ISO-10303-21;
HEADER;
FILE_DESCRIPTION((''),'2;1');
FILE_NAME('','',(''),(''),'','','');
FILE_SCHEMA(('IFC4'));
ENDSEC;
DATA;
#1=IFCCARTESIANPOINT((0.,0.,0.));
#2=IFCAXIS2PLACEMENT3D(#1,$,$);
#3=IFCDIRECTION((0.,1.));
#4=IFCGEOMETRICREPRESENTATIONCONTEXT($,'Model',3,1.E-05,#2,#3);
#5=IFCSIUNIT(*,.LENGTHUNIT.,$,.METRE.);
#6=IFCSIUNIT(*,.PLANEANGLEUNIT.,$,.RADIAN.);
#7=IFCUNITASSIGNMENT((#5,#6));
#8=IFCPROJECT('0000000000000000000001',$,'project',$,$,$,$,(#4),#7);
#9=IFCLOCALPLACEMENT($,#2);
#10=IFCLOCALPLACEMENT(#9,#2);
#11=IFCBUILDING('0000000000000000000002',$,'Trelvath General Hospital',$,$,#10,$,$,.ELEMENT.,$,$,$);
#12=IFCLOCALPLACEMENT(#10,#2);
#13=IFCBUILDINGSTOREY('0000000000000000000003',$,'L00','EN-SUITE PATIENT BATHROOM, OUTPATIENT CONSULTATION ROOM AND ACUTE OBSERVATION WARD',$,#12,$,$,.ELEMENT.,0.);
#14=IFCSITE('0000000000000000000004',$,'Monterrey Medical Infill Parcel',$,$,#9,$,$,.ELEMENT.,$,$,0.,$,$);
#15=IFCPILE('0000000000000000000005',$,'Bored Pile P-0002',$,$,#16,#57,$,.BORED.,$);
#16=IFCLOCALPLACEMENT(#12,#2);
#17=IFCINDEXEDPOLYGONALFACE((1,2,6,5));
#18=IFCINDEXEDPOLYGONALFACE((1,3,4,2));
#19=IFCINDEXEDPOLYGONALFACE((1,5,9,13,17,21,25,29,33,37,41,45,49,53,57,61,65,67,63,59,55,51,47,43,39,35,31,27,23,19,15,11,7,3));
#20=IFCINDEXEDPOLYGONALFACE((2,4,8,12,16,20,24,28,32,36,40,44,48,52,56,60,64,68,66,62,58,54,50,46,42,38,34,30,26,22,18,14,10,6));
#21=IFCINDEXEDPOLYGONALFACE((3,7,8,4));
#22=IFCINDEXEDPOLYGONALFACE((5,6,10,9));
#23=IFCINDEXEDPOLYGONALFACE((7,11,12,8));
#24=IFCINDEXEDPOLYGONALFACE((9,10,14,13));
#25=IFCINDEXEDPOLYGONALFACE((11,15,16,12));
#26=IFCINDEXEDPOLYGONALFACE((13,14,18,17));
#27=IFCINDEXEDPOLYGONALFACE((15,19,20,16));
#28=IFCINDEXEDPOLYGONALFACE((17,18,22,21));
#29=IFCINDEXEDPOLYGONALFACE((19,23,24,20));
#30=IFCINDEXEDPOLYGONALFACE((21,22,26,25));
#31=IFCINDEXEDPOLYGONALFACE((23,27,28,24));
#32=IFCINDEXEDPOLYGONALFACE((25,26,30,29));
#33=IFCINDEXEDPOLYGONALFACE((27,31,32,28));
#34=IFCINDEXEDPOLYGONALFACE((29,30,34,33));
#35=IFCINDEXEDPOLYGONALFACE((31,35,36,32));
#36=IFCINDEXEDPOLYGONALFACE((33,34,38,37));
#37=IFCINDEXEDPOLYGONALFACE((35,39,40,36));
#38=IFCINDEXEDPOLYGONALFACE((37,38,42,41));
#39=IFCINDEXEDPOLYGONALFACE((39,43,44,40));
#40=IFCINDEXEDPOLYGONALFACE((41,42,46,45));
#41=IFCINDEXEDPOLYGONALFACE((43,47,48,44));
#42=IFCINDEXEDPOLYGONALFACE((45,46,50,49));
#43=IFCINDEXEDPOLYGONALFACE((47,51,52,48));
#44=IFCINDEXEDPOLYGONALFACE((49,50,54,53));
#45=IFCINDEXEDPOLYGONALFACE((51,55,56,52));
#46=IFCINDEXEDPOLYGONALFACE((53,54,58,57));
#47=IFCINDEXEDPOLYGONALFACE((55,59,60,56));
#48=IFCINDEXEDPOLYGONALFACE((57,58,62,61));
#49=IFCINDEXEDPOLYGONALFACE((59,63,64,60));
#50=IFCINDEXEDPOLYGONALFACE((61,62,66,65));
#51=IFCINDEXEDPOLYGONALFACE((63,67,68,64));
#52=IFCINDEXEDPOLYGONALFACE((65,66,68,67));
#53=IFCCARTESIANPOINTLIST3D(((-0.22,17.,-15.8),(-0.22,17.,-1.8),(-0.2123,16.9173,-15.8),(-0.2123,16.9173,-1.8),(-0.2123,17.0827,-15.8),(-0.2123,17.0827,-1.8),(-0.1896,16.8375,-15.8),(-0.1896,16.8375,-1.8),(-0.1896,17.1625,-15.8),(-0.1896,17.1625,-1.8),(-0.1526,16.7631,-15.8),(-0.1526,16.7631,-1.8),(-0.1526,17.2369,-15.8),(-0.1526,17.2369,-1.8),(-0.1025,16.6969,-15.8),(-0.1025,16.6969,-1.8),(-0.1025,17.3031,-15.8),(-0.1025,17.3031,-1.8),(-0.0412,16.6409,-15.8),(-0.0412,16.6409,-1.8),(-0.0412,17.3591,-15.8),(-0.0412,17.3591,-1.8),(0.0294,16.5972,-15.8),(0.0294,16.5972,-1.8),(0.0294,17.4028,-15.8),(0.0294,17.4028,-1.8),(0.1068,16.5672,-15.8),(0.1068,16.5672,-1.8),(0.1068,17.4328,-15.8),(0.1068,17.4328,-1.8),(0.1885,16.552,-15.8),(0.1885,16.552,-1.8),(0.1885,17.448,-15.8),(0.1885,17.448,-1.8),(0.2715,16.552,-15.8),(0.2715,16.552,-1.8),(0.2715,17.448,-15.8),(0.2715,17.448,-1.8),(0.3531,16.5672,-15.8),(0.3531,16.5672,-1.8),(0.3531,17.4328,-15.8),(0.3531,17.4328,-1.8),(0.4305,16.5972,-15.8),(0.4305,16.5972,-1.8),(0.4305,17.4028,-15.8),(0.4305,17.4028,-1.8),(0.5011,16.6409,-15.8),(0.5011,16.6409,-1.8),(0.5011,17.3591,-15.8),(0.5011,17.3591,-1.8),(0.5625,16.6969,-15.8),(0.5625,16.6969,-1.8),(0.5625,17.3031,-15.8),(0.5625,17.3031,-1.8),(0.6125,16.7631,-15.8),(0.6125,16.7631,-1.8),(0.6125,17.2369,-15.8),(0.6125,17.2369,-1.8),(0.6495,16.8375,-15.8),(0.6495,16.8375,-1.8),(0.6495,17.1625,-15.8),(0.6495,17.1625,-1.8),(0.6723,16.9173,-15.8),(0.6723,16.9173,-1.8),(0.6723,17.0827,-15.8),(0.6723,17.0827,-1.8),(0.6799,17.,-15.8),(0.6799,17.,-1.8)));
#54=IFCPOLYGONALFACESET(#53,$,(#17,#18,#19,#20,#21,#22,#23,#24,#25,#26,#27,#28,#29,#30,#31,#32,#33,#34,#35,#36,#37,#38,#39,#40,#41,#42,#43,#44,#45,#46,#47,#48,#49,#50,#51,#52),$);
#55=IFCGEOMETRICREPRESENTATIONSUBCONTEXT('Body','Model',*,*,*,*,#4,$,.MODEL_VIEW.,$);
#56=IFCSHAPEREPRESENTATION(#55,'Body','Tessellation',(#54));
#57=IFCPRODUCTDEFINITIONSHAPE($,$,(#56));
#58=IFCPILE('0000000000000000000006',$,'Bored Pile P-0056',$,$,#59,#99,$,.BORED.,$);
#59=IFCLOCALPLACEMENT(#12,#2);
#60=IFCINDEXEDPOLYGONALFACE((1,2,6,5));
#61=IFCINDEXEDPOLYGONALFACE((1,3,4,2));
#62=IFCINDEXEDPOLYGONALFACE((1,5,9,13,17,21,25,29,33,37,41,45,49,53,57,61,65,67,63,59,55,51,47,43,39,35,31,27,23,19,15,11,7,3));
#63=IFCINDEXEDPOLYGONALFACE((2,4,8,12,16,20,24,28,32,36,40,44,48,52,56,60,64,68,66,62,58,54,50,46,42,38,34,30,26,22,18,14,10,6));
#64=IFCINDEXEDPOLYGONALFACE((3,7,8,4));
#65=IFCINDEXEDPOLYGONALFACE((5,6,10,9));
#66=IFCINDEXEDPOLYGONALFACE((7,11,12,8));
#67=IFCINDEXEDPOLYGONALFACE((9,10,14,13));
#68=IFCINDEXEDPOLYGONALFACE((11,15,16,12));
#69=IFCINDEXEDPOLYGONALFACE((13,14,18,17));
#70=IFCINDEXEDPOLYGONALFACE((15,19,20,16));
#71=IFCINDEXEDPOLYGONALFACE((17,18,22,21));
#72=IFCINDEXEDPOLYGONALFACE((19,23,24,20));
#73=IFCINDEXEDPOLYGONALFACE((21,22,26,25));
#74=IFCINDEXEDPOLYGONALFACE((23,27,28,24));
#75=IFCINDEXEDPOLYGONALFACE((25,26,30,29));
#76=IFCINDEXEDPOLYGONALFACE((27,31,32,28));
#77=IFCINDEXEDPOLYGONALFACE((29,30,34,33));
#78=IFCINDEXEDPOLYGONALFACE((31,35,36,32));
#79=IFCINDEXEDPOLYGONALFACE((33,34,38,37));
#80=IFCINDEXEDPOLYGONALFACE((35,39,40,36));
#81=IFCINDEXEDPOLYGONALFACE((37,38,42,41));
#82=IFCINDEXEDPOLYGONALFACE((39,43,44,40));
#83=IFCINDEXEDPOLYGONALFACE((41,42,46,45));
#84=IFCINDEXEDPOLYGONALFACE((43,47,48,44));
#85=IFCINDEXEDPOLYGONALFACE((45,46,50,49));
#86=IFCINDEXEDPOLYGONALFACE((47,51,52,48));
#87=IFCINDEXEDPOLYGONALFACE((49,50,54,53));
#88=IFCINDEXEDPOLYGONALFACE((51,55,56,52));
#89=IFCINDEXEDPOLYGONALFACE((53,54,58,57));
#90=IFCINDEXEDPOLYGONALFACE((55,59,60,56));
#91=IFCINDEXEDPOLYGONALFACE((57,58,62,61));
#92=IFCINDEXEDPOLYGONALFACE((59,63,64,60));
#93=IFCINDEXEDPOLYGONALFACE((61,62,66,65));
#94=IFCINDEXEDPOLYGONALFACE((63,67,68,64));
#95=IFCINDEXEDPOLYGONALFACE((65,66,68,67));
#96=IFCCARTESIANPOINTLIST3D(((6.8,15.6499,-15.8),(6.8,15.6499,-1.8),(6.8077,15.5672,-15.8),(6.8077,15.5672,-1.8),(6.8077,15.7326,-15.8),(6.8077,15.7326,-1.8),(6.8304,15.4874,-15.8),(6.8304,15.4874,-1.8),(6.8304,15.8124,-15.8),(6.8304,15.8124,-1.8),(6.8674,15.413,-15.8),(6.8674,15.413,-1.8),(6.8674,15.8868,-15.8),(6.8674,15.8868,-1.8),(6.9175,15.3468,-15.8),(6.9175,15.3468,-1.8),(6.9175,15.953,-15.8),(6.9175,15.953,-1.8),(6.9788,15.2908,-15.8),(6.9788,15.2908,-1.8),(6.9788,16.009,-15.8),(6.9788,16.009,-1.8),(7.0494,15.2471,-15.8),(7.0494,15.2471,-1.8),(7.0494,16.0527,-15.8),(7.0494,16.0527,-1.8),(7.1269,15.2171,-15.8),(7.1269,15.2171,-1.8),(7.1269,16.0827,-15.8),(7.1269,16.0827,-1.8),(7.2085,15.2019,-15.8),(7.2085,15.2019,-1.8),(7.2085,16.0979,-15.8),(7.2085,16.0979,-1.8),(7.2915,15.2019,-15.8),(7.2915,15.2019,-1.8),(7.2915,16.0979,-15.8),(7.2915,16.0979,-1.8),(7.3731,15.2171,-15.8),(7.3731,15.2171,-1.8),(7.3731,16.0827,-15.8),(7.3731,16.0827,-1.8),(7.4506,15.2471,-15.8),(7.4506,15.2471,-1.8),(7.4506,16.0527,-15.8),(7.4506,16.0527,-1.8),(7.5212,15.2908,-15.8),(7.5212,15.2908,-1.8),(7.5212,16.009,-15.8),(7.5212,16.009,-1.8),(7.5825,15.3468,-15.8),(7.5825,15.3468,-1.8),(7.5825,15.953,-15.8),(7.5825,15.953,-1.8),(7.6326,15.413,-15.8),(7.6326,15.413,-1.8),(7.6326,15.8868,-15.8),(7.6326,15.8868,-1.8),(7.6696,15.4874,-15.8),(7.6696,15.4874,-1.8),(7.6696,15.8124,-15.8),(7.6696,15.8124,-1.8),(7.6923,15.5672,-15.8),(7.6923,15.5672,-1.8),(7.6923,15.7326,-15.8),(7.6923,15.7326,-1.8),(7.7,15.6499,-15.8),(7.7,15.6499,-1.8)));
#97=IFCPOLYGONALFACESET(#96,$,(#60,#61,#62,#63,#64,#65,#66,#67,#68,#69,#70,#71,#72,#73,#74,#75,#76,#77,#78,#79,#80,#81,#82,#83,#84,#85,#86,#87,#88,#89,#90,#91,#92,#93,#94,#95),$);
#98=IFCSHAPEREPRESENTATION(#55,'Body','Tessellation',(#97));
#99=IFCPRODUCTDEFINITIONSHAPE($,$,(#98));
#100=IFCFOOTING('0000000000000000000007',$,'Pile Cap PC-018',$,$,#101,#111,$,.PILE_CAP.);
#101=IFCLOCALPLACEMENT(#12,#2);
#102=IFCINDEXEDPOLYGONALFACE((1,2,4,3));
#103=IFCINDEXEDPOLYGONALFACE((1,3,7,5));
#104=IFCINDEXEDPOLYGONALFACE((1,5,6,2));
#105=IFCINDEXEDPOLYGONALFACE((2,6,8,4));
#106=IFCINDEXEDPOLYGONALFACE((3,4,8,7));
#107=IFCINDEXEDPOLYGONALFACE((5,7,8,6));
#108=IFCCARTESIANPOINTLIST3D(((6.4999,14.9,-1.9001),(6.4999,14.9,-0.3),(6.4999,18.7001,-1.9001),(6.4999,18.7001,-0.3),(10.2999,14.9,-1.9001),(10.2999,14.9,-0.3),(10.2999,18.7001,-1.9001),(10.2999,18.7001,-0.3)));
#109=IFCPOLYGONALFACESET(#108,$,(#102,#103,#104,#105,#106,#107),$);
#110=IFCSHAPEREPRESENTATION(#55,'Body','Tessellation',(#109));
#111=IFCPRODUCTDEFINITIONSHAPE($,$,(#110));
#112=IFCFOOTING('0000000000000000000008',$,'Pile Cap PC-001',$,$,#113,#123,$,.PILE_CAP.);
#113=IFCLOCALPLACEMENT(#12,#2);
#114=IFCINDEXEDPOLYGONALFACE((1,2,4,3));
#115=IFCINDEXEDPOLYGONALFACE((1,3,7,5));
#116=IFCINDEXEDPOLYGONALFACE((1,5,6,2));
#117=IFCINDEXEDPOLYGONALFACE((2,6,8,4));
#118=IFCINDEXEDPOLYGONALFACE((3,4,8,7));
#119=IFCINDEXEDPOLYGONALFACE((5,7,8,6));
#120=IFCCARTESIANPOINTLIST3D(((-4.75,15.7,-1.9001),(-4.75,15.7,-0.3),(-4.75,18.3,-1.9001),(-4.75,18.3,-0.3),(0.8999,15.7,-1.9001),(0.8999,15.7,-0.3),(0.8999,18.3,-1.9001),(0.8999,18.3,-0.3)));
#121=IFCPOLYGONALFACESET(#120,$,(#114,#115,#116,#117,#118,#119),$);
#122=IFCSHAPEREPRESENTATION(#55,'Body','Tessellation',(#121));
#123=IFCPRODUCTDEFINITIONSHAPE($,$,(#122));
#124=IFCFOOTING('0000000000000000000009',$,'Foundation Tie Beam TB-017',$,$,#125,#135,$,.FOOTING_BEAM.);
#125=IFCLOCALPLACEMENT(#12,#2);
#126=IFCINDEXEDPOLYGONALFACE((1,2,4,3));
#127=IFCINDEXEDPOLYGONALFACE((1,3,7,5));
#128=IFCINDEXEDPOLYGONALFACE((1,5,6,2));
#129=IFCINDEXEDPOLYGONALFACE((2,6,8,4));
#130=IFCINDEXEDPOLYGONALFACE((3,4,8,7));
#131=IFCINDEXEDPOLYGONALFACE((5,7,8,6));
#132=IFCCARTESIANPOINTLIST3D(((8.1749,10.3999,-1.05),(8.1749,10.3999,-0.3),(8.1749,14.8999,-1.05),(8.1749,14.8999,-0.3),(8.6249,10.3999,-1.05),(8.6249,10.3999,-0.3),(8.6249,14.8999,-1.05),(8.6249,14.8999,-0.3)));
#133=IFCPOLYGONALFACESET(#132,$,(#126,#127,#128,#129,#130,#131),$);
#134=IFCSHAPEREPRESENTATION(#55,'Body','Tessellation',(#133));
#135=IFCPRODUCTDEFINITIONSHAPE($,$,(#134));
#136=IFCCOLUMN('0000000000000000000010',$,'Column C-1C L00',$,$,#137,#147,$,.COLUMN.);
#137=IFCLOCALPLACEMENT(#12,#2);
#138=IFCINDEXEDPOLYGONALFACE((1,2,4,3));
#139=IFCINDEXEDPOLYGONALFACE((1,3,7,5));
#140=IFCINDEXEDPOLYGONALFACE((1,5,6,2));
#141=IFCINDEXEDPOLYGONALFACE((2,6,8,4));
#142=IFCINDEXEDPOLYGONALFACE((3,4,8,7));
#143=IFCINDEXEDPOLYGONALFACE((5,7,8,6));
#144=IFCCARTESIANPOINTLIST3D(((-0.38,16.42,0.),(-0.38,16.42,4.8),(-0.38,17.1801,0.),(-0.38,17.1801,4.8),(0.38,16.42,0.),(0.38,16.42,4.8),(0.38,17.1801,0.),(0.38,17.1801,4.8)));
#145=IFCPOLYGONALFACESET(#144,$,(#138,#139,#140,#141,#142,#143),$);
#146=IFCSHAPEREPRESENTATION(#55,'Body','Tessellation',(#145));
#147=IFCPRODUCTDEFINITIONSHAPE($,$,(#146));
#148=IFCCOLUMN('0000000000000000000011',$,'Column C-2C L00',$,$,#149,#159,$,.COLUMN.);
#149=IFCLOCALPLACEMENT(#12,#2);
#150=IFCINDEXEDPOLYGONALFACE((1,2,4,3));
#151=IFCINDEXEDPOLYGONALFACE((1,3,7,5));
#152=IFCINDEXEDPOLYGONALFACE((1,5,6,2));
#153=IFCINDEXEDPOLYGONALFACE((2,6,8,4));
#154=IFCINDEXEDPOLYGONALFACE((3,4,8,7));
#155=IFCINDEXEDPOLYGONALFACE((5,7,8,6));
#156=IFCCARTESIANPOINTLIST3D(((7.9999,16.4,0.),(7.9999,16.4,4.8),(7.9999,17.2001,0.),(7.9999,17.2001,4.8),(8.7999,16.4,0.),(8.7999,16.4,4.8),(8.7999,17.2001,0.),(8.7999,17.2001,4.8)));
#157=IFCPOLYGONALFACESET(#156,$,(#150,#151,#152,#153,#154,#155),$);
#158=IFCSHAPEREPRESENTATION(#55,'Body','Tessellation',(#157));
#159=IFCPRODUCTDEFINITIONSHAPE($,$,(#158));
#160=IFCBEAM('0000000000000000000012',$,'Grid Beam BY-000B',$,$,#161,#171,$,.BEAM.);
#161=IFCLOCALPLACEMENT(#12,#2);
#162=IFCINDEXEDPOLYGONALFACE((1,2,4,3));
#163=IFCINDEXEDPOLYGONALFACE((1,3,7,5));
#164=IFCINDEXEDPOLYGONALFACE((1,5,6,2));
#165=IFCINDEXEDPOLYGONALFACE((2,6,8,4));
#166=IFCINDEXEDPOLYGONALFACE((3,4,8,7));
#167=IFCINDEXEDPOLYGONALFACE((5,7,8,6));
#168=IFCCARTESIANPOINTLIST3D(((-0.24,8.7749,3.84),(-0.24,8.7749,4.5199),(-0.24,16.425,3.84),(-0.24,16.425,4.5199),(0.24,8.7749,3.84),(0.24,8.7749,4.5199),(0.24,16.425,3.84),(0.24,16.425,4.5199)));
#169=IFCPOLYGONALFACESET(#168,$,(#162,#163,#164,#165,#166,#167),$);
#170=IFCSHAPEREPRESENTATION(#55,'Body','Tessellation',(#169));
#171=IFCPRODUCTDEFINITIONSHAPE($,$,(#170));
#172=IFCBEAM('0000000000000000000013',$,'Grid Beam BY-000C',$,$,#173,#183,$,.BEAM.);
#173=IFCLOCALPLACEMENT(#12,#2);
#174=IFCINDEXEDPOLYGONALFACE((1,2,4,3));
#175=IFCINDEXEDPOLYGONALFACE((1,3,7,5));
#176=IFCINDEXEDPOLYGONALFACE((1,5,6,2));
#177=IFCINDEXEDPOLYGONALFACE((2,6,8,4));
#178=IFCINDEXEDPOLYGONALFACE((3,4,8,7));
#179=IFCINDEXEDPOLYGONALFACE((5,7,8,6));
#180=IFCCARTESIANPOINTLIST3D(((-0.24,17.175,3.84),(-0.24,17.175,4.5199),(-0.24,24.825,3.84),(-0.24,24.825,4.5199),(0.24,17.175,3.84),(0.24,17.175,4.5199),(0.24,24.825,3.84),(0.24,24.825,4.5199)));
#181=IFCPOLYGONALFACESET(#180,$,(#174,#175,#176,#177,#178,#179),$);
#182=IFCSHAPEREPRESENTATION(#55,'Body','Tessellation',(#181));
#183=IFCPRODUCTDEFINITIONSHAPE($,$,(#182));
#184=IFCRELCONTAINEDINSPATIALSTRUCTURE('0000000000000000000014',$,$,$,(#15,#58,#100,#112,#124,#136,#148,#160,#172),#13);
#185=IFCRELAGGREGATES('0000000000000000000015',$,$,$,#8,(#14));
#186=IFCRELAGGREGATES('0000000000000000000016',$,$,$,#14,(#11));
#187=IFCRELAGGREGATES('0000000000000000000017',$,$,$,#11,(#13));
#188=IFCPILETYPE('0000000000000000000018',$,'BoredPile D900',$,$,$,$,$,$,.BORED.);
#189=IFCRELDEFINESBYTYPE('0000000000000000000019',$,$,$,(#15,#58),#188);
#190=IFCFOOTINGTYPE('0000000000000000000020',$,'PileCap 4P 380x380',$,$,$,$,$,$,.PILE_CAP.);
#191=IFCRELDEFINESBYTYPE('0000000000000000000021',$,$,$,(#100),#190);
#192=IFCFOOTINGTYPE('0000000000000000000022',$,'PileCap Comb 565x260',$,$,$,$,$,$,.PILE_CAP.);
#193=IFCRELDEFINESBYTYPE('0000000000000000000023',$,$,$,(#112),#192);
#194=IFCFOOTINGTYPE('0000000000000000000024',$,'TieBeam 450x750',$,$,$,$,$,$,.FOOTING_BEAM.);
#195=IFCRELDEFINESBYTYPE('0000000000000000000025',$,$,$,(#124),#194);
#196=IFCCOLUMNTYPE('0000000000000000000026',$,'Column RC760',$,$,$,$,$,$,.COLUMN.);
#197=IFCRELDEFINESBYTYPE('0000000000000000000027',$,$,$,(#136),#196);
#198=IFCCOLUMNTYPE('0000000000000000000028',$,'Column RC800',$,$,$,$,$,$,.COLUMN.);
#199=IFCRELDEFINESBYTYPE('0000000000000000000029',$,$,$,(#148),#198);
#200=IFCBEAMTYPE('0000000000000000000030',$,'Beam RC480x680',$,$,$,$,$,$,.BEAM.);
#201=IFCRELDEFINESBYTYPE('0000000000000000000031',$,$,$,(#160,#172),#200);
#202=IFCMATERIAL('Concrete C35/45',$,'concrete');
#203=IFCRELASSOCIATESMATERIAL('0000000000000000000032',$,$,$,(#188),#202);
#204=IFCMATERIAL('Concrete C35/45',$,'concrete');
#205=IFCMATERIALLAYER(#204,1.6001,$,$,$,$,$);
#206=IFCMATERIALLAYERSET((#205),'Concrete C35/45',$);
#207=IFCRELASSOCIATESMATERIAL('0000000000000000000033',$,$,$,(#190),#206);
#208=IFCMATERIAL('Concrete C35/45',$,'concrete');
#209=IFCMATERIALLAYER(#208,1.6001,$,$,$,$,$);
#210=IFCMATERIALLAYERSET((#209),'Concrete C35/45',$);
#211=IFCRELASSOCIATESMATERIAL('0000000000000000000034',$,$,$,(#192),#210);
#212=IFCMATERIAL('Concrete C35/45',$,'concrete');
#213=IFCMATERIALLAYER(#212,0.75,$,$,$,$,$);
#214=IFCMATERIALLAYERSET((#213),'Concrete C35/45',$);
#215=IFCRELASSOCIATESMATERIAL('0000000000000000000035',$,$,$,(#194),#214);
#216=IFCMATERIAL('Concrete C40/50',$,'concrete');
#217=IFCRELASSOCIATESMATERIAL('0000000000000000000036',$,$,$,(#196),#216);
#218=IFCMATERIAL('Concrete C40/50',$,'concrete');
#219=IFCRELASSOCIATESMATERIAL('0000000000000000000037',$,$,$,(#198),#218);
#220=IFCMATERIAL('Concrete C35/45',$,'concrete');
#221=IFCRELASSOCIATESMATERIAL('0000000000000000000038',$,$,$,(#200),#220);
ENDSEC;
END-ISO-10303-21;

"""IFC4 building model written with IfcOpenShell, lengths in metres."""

from ifc_helpers import new_model, si_unit, direction, frame, origin, origin_2d, place, context, subcontext, project, spatial, rectangle, circle, extrude, material, layer, layer_set, material_profile, profile_set, type_object, element, save


model = new_model("IFC4")

# Units and contexts
model_context = context("Model", 3, precision=1e-05, world=origin(), true_north=direction((0.0, 1.0)))
body_context = subcontext(model_context, "Body", "Model", "MODEL_VIEW")
ifc_project = project(units=[si_unit("LENGTHUNIT", "METRE"), si_unit("PLANEANGLEUNIT", "RADIAN")], contexts=[model_context])

# Site, building, storey
site_placement = place(None, origin())
site = spatial("IfcSite", under=ifc_project, at=site_placement, Name="Monterrey Medical Infill Parcel", CompositionType="ELEMENT", RefElevation=0.0)
building_placement = place(site_placement, origin())
building = spatial("IfcBuilding", under=site, at=building_placement, Name="Trelvath General Hospital", CompositionType="ELEMENT")
storey_placement = place(building_placement, origin())
storey = spatial("IfcBuildingStorey", under=building, at=storey_placement, Name="L00", Description="EN-SUITE PATIENT BATHROOM, OUTPATIENT CONSULTATION ROOM AND ACUTE OBSERVATION WARD", CompositionType="ELEMENT", Elevation=0.0)

# Piles
ifc_material_1 = material(Name="Concrete C35/45", Category="concrete")
ifc_material_profile_1 = material_profile(ifc_material_1, circle(Radius=0.45, at=origin_2d()), Name="PILE900")
ifc_profile_set_1 = profile_set([ifc_material_profile_1], Name="Concrete C35/45")
pile_type_1 = type_object("IfcPileType", Name="BoredPile D900", PredefinedType="BORED", material=ifc_profile_set_1)
for number, where, z_axis, x_axis, name in (
    (1, (0.23, 17.0, -1.8), (0.0, 0.0, -1.0), (1.0, 0.0, 0.0), "Bored Pile P-0002"),
    (2, (7.25, 15.6499, -1.8), (0.0, 0.0, -1.0), (1.0, 0.0, 0.0), "Bored Pile P-0056"),
):
    element("IfcPile", number, at=place(storey_placement, frame(where, z_axis=z_axis, x_axis=x_axis)), inside=storey, type_object=pile_type_1, Name=name, PredefinedType="BORED", context=body_context, shape_type="SweptSolid", body=[
        extrude(circle(Radius=0.45, at=origin_2d()), origin(), (0.0, 0.0, 1.0), 14.0),
    ])

# Footings
ifc_material_2 = material(Name="Concrete C35/45", Category="concrete")
ifc_layer_1 = layer(ifc_material_2, 1.6001)
ifc_layer_set_1 = layer_set([ifc_layer_1], Name="Concrete C35/45")
footing_type_1 = type_object("IfcFootingType", Name="PileCap 4P 380x380", PredefinedType="PILE_CAP", material=ifc_layer_set_1)
footing_1_placement = place(storey_placement, frame((8.3999, 16.8, -1.9001), z_axis=(0.0, 0.0, 1.0), x_axis=(1.0, 0.0, 0.0)))
element("IfcFooting", 3, at=footing_1_placement, inside=storey, type_object=footing_type_1, Name="Pile Cap PC-018", PredefinedType="PILE_CAP", context=body_context, shape_type="SweptSolid", body=[
    extrude(rectangle(XDim=3.8, YDim=3.8, at=origin_2d()), origin(), (0.0, 0.0, 1.0), 1.6001),
])
ifc_material_3 = material(Name="Concrete C35/45", Category="concrete")
ifc_layer_2 = layer(ifc_material_3, 1.6001)
ifc_layer_set_2 = layer_set([ifc_layer_2], Name="Concrete C35/45")
footing_type_2 = type_object("IfcFootingType", Name="PileCap Comb 565x260", PredefinedType="PILE_CAP", material=ifc_layer_set_2)
footing_2_placement = place(storey_placement, frame((-1.925, 17.0, -1.9001), z_axis=(0.0, 0.0, 1.0), x_axis=(1.0, 0.0, 0.0)))
element("IfcFooting", 4, at=footing_2_placement, inside=storey, type_object=footing_type_2, Name="Pile Cap PC-001", PredefinedType="PILE_CAP", context=body_context, shape_type="SweptSolid", body=[
    extrude(rectangle(XDim=5.6499, YDim=2.6001, at=origin_2d()), origin(), (0.0, 0.0, 1.0), 1.6001),
])
ifc_material_4 = material(Name="Concrete C35/45", Category="concrete")
ifc_layer_3 = layer(ifc_material_4, 0.75)
ifc_layer_set_3 = layer_set([ifc_layer_3], Name="Concrete C35/45")
footing_type_3 = type_object("IfcFootingType", Name="TieBeam 450x750", PredefinedType="FOOTING_BEAM", material=ifc_layer_set_3)
footing_3_placement = place(storey_placement, frame((8.3999, 12.6499, -1.05), z_axis=(0.0, 0.0, 1.0), x_axis=(1.0, 0.0, 0.0)))
element("IfcFooting", 5, at=footing_3_placement, inside=storey, type_object=footing_type_3, Name="Foundation Tie Beam TB-017", PredefinedType="FOOTING_BEAM", context=body_context, shape_type="SweptSolid", body=[
    extrude(rectangle(XDim=0.45, YDim=4.5, at=origin_2d()), origin(), (0.0, 0.0, 1.0), 0.75),
])

# Columns
ifc_material_5 = material(Name="Concrete C40/50", Category="concrete")
ifc_material_profile_2 = material_profile(ifc_material_5, rectangle(XDim=0.76, YDim=0.76, at=origin_2d()), Name="RC760x760")
ifc_profile_set_2 = profile_set([ifc_material_profile_2], Name="Concrete C40/50")
column_type_1 = type_object("IfcColumnType", Name="Column RC760", PredefinedType="COLUMN", material=ifc_profile_set_2)
column_1_placement = place(storey_placement, frame((0.0, 16.8, 0.0), z_axis=(0.0, 0.0, 1.0), x_axis=(1.0, 0.0, 0.0)))
element("IfcColumn", 6, at=column_1_placement, inside=storey, type_object=column_type_1, Name="Column C-1C L00", PredefinedType="COLUMN", context=body_context, shape_type="SweptSolid", body=[
    extrude(rectangle(XDim=0.76, YDim=0.76, at=origin_2d()), origin(), (0.0, 0.0, 1.0), 4.8),
])
ifc_material_6 = material(Name="Concrete C40/50", Category="concrete")
ifc_material_profile_3 = material_profile(ifc_material_6, rectangle(XDim=0.8, YDim=0.8, at=origin_2d()), Name="RC800x800")
ifc_profile_set_3 = profile_set([ifc_material_profile_3], Name="Concrete C40/50")
column_type_2 = type_object("IfcColumnType", Name="Column RC800", PredefinedType="COLUMN", material=ifc_profile_set_3)
column_2_placement = place(storey_placement, frame((8.3999, 16.8, 0.0), z_axis=(0.0, 0.0, 1.0), x_axis=(1.0, 0.0, 0.0)))
element("IfcColumn", 7, at=column_2_placement, inside=storey, type_object=column_type_2, Name="Column C-2C L00", PredefinedType="COLUMN", context=body_context, shape_type="SweptSolid", body=[
    extrude(rectangle(XDim=0.8, YDim=0.8, at=origin_2d()), origin(), (0.0, 0.0, 1.0), 4.8),
])

# Beams
ifc_material_7 = material(Name="Concrete C35/45", Category="concrete")
ifc_material_profile_4 = material_profile(ifc_material_7, rectangle(XDim=0.48, YDim=0.6799, at=origin_2d()), Name="RCB480x680")
ifc_profile_set_4 = profile_set([ifc_material_profile_4], Name="Concrete C35/45")
beam_type_1 = type_object("IfcBeamType", Name="Beam RC480x680", PredefinedType="BEAM", material=ifc_profile_set_4)
beam_1_placement = place(storey_placement, frame((0.0, 8.7749, 4.1799), z_axis=(0.0, 1.0, 0.0), x_axis=(-1.0, 0.0, 0.0)))
element("IfcBeam", 8, at=beam_1_placement, inside=storey, type_object=beam_type_1, Name="Grid Beam BY-000B", PredefinedType="BEAM", context=body_context, shape_type="SweptSolid", body=[
    extrude(rectangle(XDim=0.48, YDim=0.6799, at=origin_2d()), origin(), (0.0, 0.0, 1.0), 7.6501),
])
beam_2_placement = place(storey_placement, frame((0.0, 17.175, 4.1799), z_axis=(0.0, 1.0, 0.0), x_axis=(-1.0, 0.0, 0.0)))
element("IfcBeam", 9, at=beam_2_placement, inside=storey, type_object=beam_type_1, Name="Grid Beam BY-000C", PredefinedType="BEAM", context=body_context, shape_type="SweptSolid", body=[
    extrude(rectangle(XDim=0.48, YDim=0.6799, at=origin_2d()), origin(), (0.0, 0.0, 1.0), 7.6499),
])

save(model, "model.ifc")
